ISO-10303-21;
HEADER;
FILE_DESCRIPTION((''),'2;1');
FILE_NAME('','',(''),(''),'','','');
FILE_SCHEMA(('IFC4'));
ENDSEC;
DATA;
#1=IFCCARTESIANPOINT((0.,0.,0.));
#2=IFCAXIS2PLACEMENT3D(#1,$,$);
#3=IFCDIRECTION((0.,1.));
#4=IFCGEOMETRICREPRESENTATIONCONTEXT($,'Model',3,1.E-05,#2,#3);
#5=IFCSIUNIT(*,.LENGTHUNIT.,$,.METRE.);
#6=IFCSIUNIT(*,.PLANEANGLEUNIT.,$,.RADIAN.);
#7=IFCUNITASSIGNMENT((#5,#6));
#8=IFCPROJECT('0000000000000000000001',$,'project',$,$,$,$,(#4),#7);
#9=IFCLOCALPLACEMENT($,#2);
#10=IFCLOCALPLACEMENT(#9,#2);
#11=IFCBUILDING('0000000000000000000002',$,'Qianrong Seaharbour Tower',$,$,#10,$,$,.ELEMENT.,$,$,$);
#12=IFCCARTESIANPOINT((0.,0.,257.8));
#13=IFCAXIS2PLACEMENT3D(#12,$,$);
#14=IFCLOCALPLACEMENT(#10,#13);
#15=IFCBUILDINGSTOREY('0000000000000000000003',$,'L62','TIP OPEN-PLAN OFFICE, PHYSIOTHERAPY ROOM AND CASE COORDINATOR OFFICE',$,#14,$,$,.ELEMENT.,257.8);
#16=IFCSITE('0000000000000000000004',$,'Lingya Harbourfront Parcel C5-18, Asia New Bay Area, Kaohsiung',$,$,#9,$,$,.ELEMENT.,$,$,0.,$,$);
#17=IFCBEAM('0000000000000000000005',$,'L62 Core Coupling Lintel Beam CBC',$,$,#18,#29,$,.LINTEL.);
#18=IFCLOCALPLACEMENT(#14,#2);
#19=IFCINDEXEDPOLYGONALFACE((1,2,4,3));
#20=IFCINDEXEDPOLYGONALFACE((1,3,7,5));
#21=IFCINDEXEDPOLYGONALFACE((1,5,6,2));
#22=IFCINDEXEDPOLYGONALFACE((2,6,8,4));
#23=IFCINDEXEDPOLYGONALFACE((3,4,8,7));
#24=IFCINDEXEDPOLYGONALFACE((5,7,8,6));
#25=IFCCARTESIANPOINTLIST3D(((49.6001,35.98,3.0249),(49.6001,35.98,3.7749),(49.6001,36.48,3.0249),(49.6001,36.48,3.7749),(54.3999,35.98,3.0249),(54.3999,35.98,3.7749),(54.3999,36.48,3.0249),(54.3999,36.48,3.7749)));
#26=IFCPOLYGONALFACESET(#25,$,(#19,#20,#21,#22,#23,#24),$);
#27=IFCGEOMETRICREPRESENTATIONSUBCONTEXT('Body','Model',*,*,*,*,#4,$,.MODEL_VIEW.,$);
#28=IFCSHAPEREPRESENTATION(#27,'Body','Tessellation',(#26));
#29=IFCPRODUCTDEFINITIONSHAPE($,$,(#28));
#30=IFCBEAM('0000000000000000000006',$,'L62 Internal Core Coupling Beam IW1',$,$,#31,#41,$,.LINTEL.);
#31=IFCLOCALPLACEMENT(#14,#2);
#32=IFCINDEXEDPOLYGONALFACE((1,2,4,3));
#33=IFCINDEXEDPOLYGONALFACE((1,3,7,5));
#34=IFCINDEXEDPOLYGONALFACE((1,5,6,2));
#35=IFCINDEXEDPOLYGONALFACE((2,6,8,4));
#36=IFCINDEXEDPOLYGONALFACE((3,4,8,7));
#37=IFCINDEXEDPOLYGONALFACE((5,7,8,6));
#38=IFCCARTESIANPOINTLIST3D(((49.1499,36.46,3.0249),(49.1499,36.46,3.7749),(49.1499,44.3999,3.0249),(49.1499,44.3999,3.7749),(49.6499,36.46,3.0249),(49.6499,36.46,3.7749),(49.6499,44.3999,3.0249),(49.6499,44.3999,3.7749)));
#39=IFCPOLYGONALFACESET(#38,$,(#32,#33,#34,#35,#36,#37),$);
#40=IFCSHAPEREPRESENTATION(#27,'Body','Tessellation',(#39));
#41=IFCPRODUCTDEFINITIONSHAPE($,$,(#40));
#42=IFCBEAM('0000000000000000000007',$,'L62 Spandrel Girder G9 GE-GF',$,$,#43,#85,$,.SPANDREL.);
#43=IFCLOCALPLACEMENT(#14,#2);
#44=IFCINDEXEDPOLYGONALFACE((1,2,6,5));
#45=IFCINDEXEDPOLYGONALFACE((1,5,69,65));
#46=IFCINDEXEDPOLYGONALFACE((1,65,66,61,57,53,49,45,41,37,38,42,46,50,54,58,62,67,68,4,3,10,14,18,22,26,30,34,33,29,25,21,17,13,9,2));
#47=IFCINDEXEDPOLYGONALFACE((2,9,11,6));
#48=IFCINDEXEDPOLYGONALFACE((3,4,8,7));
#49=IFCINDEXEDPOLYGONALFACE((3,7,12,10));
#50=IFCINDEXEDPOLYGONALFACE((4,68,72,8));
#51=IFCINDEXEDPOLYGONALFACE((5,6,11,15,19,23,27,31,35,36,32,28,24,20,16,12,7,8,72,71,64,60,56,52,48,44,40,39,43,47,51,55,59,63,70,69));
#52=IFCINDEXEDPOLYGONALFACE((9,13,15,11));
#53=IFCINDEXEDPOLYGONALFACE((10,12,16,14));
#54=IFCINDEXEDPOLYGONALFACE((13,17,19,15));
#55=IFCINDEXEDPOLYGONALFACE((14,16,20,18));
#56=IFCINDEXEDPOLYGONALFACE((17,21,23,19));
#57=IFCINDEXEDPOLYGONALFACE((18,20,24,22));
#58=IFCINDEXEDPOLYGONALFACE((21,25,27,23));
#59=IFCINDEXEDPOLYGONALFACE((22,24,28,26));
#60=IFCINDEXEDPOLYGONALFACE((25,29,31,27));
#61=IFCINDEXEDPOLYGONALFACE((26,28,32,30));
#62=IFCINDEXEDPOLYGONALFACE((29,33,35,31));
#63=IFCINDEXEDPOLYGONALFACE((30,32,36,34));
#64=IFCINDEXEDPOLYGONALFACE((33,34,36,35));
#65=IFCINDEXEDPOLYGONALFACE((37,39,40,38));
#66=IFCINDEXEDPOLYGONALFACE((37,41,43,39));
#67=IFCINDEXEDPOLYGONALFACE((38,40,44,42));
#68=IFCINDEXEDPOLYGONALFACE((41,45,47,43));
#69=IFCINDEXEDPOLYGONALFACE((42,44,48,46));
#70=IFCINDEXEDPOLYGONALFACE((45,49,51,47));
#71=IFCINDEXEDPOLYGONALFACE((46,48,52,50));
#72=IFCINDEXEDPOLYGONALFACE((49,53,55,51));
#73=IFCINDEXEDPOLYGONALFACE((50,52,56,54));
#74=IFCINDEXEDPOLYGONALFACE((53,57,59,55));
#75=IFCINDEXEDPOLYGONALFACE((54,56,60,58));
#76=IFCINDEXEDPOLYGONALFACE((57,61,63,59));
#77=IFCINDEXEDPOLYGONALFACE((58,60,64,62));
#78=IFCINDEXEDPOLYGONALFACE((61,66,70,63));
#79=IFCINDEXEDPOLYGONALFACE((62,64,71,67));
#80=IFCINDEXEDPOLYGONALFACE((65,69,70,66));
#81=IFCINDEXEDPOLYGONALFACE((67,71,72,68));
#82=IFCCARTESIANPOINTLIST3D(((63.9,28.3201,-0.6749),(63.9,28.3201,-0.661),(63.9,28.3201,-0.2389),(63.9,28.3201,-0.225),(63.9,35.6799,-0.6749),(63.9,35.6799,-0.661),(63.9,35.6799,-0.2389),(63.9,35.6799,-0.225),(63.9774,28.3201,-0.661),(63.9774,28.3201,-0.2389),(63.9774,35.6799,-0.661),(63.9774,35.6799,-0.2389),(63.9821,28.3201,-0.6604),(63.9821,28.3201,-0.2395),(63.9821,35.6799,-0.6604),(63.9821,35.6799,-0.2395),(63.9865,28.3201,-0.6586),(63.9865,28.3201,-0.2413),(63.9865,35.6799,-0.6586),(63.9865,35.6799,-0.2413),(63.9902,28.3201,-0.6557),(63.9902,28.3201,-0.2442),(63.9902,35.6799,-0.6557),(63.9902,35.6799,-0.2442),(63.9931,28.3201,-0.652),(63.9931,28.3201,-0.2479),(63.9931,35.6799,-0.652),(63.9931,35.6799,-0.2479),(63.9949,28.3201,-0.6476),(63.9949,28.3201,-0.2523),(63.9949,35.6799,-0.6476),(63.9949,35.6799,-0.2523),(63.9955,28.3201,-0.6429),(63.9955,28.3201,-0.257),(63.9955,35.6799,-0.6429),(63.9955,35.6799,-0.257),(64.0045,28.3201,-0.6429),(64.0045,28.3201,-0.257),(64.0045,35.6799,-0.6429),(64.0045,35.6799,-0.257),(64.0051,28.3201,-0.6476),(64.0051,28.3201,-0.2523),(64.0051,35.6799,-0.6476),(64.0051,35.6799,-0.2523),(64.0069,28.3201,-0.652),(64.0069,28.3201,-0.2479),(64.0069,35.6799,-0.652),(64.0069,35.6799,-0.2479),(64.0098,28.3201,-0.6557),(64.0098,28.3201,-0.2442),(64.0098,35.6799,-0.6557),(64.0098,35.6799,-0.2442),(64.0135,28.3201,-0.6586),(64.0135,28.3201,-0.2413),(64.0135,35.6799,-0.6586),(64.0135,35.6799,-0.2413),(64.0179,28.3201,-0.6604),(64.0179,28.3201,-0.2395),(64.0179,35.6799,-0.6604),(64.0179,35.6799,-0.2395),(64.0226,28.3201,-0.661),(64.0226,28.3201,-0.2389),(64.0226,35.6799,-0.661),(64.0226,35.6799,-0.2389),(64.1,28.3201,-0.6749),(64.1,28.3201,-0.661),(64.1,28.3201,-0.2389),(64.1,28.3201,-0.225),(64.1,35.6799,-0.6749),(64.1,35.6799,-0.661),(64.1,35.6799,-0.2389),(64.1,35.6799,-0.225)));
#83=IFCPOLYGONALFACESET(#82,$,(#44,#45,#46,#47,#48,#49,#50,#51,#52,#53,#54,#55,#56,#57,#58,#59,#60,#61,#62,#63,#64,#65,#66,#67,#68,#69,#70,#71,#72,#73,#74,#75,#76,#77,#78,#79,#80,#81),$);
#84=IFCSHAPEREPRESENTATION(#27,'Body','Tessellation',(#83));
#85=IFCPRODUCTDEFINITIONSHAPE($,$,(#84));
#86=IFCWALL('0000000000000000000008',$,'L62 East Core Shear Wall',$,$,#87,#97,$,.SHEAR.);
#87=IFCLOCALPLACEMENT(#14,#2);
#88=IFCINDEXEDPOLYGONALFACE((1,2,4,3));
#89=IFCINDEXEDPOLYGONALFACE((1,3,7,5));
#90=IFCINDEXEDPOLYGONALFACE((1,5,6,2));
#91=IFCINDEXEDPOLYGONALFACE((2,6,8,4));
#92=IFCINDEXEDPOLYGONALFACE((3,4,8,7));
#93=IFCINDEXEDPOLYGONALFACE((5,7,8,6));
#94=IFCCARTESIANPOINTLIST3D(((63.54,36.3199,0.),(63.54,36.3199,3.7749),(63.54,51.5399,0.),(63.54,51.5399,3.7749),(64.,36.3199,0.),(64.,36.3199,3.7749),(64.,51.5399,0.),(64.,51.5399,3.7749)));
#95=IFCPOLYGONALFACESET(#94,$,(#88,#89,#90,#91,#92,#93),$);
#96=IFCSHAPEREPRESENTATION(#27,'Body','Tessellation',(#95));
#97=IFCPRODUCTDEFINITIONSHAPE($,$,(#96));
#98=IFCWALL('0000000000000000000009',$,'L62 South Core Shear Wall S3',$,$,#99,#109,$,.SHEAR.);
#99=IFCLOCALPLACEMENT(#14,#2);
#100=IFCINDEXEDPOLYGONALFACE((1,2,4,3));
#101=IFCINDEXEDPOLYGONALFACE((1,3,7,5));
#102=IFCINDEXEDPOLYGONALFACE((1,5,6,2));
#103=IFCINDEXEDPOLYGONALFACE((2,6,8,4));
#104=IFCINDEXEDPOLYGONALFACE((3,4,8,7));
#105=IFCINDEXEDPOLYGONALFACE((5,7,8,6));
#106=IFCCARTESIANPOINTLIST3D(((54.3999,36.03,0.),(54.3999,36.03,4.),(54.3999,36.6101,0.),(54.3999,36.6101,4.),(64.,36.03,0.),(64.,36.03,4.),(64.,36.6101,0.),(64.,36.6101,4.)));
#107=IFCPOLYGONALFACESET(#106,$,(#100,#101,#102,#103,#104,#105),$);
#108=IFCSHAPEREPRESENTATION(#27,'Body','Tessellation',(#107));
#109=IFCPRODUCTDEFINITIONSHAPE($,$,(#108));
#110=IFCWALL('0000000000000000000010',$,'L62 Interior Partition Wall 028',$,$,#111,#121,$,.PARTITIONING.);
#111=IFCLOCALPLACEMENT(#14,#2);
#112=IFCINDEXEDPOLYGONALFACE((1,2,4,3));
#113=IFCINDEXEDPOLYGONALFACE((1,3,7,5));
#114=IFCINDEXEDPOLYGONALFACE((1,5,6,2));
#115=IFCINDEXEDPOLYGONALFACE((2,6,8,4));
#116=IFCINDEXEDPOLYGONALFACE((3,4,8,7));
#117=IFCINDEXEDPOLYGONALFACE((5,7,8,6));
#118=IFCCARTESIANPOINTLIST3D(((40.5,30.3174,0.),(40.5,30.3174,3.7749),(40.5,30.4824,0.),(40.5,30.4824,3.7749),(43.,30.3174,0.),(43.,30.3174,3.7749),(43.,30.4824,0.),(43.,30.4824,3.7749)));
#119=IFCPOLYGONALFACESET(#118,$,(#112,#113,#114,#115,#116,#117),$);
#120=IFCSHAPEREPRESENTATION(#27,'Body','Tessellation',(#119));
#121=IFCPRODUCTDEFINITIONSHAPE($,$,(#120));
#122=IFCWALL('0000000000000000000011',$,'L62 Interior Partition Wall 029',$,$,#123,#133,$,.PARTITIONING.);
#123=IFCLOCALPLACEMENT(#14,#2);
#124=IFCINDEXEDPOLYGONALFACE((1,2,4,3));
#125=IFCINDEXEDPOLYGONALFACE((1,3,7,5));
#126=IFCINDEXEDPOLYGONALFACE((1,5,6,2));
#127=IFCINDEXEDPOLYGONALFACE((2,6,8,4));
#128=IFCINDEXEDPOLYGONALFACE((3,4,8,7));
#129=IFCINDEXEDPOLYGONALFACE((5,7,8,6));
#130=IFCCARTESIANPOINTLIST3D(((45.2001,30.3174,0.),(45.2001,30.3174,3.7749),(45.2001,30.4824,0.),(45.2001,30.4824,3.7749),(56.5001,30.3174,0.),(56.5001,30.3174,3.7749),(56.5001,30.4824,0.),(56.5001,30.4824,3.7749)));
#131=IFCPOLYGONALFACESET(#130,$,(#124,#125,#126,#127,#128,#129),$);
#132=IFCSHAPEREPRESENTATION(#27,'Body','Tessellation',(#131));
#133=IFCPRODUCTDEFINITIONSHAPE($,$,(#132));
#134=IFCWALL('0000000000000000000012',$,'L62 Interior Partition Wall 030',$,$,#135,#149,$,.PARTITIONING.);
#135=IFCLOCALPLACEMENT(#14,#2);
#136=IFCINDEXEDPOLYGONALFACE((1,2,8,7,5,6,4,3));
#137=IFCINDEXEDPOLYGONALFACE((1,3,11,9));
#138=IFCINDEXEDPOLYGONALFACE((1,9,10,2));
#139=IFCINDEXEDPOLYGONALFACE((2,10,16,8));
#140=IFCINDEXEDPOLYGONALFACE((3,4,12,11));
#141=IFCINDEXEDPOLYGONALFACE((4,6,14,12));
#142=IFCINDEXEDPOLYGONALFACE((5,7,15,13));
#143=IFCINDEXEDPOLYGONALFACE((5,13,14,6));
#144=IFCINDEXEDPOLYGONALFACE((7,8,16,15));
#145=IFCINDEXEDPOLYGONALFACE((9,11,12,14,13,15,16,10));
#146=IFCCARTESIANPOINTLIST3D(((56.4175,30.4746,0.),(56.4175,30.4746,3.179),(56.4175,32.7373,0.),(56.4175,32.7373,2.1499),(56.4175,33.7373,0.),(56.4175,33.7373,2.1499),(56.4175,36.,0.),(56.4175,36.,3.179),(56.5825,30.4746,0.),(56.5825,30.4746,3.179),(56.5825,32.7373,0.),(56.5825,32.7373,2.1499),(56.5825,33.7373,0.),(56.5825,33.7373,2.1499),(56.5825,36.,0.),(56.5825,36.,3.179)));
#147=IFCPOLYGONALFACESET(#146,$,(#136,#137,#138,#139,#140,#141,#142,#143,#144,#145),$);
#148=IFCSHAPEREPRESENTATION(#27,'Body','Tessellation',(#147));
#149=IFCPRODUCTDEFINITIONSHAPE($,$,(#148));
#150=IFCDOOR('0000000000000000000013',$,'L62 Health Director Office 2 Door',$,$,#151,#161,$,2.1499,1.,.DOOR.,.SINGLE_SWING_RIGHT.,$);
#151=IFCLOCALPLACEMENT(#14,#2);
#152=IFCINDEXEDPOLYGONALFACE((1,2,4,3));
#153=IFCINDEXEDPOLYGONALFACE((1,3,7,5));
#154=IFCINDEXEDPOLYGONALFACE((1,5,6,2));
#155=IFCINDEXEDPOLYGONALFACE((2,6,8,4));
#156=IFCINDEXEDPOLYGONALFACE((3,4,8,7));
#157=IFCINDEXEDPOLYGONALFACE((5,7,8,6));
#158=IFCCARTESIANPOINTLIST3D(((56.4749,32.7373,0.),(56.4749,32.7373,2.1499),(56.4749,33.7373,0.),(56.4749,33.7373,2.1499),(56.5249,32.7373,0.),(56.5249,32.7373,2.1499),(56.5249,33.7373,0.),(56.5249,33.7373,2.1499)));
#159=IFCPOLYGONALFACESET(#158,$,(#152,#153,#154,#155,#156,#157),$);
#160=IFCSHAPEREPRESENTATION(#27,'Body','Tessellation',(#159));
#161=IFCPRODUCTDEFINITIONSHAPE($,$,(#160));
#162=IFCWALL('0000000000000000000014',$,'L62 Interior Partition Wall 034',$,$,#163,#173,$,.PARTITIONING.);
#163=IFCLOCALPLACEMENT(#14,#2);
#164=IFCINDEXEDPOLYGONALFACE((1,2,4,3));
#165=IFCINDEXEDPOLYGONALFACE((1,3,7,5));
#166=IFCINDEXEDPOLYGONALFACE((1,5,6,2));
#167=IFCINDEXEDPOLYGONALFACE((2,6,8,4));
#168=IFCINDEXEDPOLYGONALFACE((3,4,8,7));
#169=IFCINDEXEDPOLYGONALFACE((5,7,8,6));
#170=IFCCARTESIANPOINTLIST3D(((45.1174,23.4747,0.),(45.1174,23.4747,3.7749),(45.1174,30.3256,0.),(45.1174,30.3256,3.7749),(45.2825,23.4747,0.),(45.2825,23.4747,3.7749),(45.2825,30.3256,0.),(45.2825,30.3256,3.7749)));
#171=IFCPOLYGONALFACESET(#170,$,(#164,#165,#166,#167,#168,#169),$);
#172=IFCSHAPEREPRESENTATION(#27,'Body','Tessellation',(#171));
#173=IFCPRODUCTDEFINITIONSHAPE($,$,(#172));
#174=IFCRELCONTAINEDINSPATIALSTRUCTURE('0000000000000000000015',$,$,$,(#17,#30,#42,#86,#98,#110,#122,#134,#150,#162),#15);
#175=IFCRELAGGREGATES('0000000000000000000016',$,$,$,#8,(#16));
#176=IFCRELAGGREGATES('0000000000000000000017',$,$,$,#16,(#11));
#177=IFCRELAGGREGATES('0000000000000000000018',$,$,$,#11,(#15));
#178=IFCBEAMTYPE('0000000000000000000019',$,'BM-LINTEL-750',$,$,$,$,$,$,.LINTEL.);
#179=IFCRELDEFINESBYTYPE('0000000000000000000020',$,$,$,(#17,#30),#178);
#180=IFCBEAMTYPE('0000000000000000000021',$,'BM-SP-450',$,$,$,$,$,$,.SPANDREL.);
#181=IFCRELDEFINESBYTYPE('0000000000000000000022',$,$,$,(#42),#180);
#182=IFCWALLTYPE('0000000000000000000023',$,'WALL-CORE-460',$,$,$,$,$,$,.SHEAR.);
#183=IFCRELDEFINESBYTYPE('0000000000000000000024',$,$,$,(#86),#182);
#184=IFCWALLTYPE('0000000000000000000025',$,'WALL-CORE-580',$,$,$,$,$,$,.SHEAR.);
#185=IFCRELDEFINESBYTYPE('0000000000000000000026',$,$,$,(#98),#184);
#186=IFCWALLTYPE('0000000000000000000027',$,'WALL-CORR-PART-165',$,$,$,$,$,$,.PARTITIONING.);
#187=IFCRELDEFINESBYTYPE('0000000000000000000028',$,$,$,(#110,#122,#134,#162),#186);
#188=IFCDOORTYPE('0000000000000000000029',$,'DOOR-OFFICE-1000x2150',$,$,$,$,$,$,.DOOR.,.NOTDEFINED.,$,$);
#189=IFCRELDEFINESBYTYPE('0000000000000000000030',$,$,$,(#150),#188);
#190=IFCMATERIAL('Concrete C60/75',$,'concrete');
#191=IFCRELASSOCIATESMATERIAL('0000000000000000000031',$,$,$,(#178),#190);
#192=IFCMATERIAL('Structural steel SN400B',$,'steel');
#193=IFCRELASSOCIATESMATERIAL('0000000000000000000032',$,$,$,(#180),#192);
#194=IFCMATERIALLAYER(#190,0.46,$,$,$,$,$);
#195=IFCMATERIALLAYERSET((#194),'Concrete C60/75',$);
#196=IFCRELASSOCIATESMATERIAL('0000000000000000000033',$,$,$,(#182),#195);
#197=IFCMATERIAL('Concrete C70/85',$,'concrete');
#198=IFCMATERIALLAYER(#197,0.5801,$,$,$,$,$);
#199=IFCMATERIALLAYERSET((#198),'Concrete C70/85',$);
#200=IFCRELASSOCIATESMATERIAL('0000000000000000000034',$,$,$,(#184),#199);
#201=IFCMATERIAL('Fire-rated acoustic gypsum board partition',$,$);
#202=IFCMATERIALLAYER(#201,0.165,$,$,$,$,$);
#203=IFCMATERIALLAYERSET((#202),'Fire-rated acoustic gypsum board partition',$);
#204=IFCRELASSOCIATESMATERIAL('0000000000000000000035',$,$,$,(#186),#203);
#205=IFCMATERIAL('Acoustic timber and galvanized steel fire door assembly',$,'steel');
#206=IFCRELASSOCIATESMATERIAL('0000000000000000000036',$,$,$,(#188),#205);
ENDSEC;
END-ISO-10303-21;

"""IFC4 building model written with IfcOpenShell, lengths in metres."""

from ifc_helpers import new_model, si_unit, direction, frame, frame_2d, origin, origin_2d, place, context, subcontext, project, spatial, rectangle, i_section, extrude, material, layer, layer_set, material_profile, profile_set, type_object, element, fill, save


model = new_model("IFC4")

# Units and contexts
model_context = context("Model", 3, precision=1e-05, world=origin(), true_north=direction((0.0, 1.0)))
body_context = subcontext(model_context, "Body", "Model", "MODEL_VIEW")
ifc_project = project(units=[si_unit("LENGTHUNIT", "METRE"), si_unit("PLANEANGLEUNIT", "RADIAN")], contexts=[model_context])

# Site, building, storey
site_placement = place(None, origin())
site = spatial("IfcSite", under=ifc_project, at=site_placement, Name="Lingya Harbourfront Parcel C5-18, Asia New Bay Area, Kaohsiung", CompositionType="ELEMENT", RefElevation=0.0)
building_placement = place(site_placement, origin())
building = spatial("IfcBuilding", under=site, at=building_placement, Name="Qianrong Seaharbour Tower", CompositionType="ELEMENT")
storey_placement = place(building_placement, frame((0.0, 0.0, 257.8)))
storey = spatial("IfcBuildingStorey", under=building, at=storey_placement, Name="L62", Description="TIP OPEN-PLAN OFFICE, PHYSIOTHERAPY ROOM AND CASE COORDINATOR OFFICE", CompositionType="ELEMENT", Elevation=257.8)

# Beams
ifc_material_1 = material(Name="Structural steel SN400B", Category="steel")
ifc_material_2 = material(Name="Concrete C60/75", Category="concrete")
ifc_material_profile_1 = material_profile(ifc_material_2, rectangle(XDim=0.5, YDim=0.75, at=origin_2d()), Name="RC500x750")
ifc_profile_set_1 = profile_set([ifc_material_profile_1], Name="Concrete C60/75")
beam_type_1 = type_object("IfcBeamType", Name="BM-LINTEL-750", PredefinedType="LINTEL", material=ifc_profile_set_1)
beam_1_placement = place(storey_placement, frame((49.6001, 36.23, 3.3999), z_axis=(1.0, 0.0, 0.0), x_axis=(0.0, 1.0, 0.0)))
element("IfcBeam", 1, at=beam_1_placement, inside=storey, type_object=beam_type_1, Name="L62 Core Coupling Lintel Beam CBC", PredefinedType="LINTEL", context=body_context, shape_type="SweptSolid", body=[
    extrude(rectangle(XDim=0.5, YDim=0.75, at=origin_2d()), origin(), (0.0, 0.0, 1.0), 4.7998),
])
beam_2_placement = place(storey_placement, frame((49.3999, 36.46, 3.3999), z_axis=(0.0, 1.0, 0.0), x_axis=(-1.0, 0.0, 0.0)))
element("IfcBeam", 2, at=beam_2_placement, inside=storey, type_object=beam_type_1, Name="L62 Internal Core Coupling Beam IW1", PredefinedType="LINTEL", context=body_context, shape_type="SweptSolid", body=[
    extrude(rectangle(XDim=0.5, YDim=0.75, at=origin_2d()), origin(), (0.0, 0.0, 1.0), 7.9399),
])
ifc_material_profile_2 = material_profile(ifc_material_1, i_section(OverallWidth=0.2, OverallDepth=0.45, WebThickness=0.009, FlangeThickness=0.0139, FilletRadius=0.0181, at=origin_2d()), Name="H450x200x9x14")
ifc_profile_set_2 = profile_set([ifc_material_profile_2], Name="Structural steel SN400B")
beam_type_2 = type_object("IfcBeamType", Name="BM-SP-450", PredefinedType="SPANDREL", material=ifc_profile_set_2)
beam_3_placement = place(storey_placement, frame((64.0, 28.3201, -0.45), z_axis=(0.0, 1.0, 0.0), x_axis=(-1.0, 0.0, 0.0)))
element("IfcBeam", 3, at=beam_3_placement, inside=storey, type_object=beam_type_2, Name="L62 Spandrel Girder G9 GE-GF", PredefinedType="SPANDREL", context=body_context, shape_type="SweptSolid", body=[
    extrude(i_section(OverallWidth=0.2, OverallDepth=0.45, WebThickness=0.009, FlangeThickness=0.0139, FilletRadius=0.0181, at=origin_2d()), origin(), (0.0, 0.0, 1.0), 7.3599),
])

# Walls
ifc_layer_1 = layer(ifc_material_2, 0.46)
ifc_layer_set_1 = layer_set([ifc_layer_1], Name="Concrete C60/75")
wall_type_1 = type_object("IfcWallType", Name="WALL-CORE-460", PredefinedType="SHEAR", material=ifc_layer_set_1)
wall_1_placement = place(storey_placement, frame((63.77, 36.3201, 0.0), z_axis=(0.0, 0.0, 1.0), x_axis=(0.0, 1.0, 0.0)))
element("IfcWall", 4, at=wall_1_placement, inside=storey, type_object=wall_type_1, Name="L62 East Core Shear Wall", PredefinedType="SHEAR", context=body_context, shape_type="SweptSolid", body=[
    extrude(rectangle(XDim=15.22, YDim=0.46, at=frame_2d((7.6099, 0.0))), origin(), (0.0, 0.0, 1.0), 3.7749),
])
ifc_material_3 = material(Name="Concrete C70/85", Category="concrete")
ifc_layer_2 = layer(ifc_material_3, 0.5801)
ifc_layer_set_2 = layer_set([ifc_layer_2], Name="Concrete C70/85")
wall_type_2 = type_object("IfcWallType", Name="WALL-CORE-580", PredefinedType="SHEAR", material=ifc_layer_set_2)
wall_2_placement = place(storey_placement, frame((54.3999, 36.3201, 0.0), z_axis=(0.0, 0.0, 1.0), x_axis=(1.0, 0.0, 0.0)))
element("IfcWall", 5, at=wall_2_placement, inside=storey, type_object=wall_type_2, Name="L62 South Core Shear Wall S3", PredefinedType="SHEAR", context=body_context, shape_type="SweptSolid", body=[
    extrude(rectangle(XDim=9.6001, YDim=0.5801, at=frame_2d((4.8, 0.0))), origin(), (0.0, 0.0, 1.0), 4.0),
])
ifc_material_4 = material(Name="Fire-rated acoustic gypsum board partition")
ifc_layer_3 = layer(ifc_material_4, 0.165)
ifc_layer_set_3 = layer_set([ifc_layer_3], Name="Fire-rated acoustic gypsum board partition")
wall_type_3 = type_object("IfcWallType", Name="WALL-CORR-PART-165", PredefinedType="PARTITIONING", material=ifc_layer_set_3)
wall_3_placement = place(storey_placement, frame((43.0, 30.3999, 0.0), z_axis=(0.0, 0.0, 1.0), x_axis=(-1.0, 0.0, 0.0)))
element("IfcWall", 6, at=wall_3_placement, inside=storey, type_object=wall_type_3, Name="L62 Interior Partition Wall 028", PredefinedType="PARTITIONING", context=body_context, shape_type="SweptSolid", body=[
    extrude(rectangle(XDim=2.5, YDim=0.165, at=frame_2d((1.25, 0.0))), origin(), (0.0, 0.0, 1.0), 3.7749),
])
wall_4_placement = place(storey_placement, frame((56.5, 30.3999, 0.0), z_axis=(0.0, 0.0, 1.0), x_axis=(-1.0, 0.0, 0.0)))
element("IfcWall", 7, at=wall_4_placement, inside=storey, type_object=wall_type_3, Name="L62 Interior Partition Wall 029", PredefinedType="PARTITIONING", context=body_context, shape_type="SweptSolid", body=[
    extrude(rectangle(XDim=11.3, YDim=0.165, at=frame_2d((5.6499, 0.0))), origin(), (0.0, 0.0, 1.0), 3.7749),
])

# Wall, opening, door
wall_5_placement = place(storey_placement, frame((56.5, 36.0, 0.0), z_axis=(0.0, 0.0, 1.0), x_axis=(0.0, -1.0, 0.0)))
wall_5 = element("IfcWall", 8, at=wall_5_placement, inside=storey, type_object=wall_type_3, Name="L62 Interior Partition Wall 030", PredefinedType="PARTITIONING", context=body_context, shape_type="SweptSolid", body=[
    extrude(rectangle(XDim=5.5254, YDim=0.165, at=frame_2d((2.7627, 0.0))), origin(), (0.0, 0.0, 1.0), 3.179),
])
opening_1_placement = place(wall_5_placement, frame((2.2627, 0.0, 0.0)))
opening_1 = element("IfcOpeningElement", 9, at=opening_1_placement, cuts=wall_5, PredefinedType="OPENING", context=body_context, shape_type="SweptSolid", body=[
    extrude(rectangle(XDim=1.0, YDim=2.1499, at=frame_2d((0.5, 1.075))), frame((0.0, 0.0925, 0.0), z_axis=(0.0, -1.0, 0.0), x_axis=(1.0, 0.0, 0.0)), (0.0, 0.0, 1.0), 0.1851),
])
ifc_material_5 = material(Name="Acoustic timber and galvanized steel fire door assembly", Category="steel")
door_type = type_object("IfcDoorType", Name="DOOR-OFFICE-1000x2150", OperationType="NOTDEFINED", PredefinedType="DOOR", material=ifc_material_5)
door_1_placement = place(opening_1_placement, origin())
door_1 = element("IfcDoor", 10, at=door_1_placement, inside=storey, type_object=door_type, Name="L62 Health Director Office 2 Door", OperationType="SINGLE_SWING_RIGHT", OverallHeight=2.1499, OverallWidth=1.0, PredefinedType="DOOR", context=body_context, shape_type="SweptSolid", body=[
    extrude(rectangle(XDim=1.0, YDim=2.1499, at=frame_2d((0.5, 1.075))), frame((0.0, 0.0249, 0.0), z_axis=(0.0, -1.0, 0.0), x_axis=(1.0, 0.0, 0.0)), (0.0, 0.0, 1.0), 0.05),
])
fill(opening_1, door_1)

# Wall
wall_6_placement = place(storey_placement, frame((45.2, 30.3254, 0.0), z_axis=(0.0, 0.0, 1.0), x_axis=(0.0, -1.0, 0.0)))
element("IfcWall", 11, at=wall_6_placement, inside=storey, type_object=wall_type_3, Name="L62 Interior Partition Wall 034", PredefinedType="PARTITIONING", context=body_context, shape_type="SweptSolid", body=[
    extrude(rectangle(XDim=6.8508, YDim=0.165, at=frame_2d((3.4253, 0.0))), origin(), (0.0, 0.0, 1.0), 3.7749),
])

save(model, "model.ifc")
